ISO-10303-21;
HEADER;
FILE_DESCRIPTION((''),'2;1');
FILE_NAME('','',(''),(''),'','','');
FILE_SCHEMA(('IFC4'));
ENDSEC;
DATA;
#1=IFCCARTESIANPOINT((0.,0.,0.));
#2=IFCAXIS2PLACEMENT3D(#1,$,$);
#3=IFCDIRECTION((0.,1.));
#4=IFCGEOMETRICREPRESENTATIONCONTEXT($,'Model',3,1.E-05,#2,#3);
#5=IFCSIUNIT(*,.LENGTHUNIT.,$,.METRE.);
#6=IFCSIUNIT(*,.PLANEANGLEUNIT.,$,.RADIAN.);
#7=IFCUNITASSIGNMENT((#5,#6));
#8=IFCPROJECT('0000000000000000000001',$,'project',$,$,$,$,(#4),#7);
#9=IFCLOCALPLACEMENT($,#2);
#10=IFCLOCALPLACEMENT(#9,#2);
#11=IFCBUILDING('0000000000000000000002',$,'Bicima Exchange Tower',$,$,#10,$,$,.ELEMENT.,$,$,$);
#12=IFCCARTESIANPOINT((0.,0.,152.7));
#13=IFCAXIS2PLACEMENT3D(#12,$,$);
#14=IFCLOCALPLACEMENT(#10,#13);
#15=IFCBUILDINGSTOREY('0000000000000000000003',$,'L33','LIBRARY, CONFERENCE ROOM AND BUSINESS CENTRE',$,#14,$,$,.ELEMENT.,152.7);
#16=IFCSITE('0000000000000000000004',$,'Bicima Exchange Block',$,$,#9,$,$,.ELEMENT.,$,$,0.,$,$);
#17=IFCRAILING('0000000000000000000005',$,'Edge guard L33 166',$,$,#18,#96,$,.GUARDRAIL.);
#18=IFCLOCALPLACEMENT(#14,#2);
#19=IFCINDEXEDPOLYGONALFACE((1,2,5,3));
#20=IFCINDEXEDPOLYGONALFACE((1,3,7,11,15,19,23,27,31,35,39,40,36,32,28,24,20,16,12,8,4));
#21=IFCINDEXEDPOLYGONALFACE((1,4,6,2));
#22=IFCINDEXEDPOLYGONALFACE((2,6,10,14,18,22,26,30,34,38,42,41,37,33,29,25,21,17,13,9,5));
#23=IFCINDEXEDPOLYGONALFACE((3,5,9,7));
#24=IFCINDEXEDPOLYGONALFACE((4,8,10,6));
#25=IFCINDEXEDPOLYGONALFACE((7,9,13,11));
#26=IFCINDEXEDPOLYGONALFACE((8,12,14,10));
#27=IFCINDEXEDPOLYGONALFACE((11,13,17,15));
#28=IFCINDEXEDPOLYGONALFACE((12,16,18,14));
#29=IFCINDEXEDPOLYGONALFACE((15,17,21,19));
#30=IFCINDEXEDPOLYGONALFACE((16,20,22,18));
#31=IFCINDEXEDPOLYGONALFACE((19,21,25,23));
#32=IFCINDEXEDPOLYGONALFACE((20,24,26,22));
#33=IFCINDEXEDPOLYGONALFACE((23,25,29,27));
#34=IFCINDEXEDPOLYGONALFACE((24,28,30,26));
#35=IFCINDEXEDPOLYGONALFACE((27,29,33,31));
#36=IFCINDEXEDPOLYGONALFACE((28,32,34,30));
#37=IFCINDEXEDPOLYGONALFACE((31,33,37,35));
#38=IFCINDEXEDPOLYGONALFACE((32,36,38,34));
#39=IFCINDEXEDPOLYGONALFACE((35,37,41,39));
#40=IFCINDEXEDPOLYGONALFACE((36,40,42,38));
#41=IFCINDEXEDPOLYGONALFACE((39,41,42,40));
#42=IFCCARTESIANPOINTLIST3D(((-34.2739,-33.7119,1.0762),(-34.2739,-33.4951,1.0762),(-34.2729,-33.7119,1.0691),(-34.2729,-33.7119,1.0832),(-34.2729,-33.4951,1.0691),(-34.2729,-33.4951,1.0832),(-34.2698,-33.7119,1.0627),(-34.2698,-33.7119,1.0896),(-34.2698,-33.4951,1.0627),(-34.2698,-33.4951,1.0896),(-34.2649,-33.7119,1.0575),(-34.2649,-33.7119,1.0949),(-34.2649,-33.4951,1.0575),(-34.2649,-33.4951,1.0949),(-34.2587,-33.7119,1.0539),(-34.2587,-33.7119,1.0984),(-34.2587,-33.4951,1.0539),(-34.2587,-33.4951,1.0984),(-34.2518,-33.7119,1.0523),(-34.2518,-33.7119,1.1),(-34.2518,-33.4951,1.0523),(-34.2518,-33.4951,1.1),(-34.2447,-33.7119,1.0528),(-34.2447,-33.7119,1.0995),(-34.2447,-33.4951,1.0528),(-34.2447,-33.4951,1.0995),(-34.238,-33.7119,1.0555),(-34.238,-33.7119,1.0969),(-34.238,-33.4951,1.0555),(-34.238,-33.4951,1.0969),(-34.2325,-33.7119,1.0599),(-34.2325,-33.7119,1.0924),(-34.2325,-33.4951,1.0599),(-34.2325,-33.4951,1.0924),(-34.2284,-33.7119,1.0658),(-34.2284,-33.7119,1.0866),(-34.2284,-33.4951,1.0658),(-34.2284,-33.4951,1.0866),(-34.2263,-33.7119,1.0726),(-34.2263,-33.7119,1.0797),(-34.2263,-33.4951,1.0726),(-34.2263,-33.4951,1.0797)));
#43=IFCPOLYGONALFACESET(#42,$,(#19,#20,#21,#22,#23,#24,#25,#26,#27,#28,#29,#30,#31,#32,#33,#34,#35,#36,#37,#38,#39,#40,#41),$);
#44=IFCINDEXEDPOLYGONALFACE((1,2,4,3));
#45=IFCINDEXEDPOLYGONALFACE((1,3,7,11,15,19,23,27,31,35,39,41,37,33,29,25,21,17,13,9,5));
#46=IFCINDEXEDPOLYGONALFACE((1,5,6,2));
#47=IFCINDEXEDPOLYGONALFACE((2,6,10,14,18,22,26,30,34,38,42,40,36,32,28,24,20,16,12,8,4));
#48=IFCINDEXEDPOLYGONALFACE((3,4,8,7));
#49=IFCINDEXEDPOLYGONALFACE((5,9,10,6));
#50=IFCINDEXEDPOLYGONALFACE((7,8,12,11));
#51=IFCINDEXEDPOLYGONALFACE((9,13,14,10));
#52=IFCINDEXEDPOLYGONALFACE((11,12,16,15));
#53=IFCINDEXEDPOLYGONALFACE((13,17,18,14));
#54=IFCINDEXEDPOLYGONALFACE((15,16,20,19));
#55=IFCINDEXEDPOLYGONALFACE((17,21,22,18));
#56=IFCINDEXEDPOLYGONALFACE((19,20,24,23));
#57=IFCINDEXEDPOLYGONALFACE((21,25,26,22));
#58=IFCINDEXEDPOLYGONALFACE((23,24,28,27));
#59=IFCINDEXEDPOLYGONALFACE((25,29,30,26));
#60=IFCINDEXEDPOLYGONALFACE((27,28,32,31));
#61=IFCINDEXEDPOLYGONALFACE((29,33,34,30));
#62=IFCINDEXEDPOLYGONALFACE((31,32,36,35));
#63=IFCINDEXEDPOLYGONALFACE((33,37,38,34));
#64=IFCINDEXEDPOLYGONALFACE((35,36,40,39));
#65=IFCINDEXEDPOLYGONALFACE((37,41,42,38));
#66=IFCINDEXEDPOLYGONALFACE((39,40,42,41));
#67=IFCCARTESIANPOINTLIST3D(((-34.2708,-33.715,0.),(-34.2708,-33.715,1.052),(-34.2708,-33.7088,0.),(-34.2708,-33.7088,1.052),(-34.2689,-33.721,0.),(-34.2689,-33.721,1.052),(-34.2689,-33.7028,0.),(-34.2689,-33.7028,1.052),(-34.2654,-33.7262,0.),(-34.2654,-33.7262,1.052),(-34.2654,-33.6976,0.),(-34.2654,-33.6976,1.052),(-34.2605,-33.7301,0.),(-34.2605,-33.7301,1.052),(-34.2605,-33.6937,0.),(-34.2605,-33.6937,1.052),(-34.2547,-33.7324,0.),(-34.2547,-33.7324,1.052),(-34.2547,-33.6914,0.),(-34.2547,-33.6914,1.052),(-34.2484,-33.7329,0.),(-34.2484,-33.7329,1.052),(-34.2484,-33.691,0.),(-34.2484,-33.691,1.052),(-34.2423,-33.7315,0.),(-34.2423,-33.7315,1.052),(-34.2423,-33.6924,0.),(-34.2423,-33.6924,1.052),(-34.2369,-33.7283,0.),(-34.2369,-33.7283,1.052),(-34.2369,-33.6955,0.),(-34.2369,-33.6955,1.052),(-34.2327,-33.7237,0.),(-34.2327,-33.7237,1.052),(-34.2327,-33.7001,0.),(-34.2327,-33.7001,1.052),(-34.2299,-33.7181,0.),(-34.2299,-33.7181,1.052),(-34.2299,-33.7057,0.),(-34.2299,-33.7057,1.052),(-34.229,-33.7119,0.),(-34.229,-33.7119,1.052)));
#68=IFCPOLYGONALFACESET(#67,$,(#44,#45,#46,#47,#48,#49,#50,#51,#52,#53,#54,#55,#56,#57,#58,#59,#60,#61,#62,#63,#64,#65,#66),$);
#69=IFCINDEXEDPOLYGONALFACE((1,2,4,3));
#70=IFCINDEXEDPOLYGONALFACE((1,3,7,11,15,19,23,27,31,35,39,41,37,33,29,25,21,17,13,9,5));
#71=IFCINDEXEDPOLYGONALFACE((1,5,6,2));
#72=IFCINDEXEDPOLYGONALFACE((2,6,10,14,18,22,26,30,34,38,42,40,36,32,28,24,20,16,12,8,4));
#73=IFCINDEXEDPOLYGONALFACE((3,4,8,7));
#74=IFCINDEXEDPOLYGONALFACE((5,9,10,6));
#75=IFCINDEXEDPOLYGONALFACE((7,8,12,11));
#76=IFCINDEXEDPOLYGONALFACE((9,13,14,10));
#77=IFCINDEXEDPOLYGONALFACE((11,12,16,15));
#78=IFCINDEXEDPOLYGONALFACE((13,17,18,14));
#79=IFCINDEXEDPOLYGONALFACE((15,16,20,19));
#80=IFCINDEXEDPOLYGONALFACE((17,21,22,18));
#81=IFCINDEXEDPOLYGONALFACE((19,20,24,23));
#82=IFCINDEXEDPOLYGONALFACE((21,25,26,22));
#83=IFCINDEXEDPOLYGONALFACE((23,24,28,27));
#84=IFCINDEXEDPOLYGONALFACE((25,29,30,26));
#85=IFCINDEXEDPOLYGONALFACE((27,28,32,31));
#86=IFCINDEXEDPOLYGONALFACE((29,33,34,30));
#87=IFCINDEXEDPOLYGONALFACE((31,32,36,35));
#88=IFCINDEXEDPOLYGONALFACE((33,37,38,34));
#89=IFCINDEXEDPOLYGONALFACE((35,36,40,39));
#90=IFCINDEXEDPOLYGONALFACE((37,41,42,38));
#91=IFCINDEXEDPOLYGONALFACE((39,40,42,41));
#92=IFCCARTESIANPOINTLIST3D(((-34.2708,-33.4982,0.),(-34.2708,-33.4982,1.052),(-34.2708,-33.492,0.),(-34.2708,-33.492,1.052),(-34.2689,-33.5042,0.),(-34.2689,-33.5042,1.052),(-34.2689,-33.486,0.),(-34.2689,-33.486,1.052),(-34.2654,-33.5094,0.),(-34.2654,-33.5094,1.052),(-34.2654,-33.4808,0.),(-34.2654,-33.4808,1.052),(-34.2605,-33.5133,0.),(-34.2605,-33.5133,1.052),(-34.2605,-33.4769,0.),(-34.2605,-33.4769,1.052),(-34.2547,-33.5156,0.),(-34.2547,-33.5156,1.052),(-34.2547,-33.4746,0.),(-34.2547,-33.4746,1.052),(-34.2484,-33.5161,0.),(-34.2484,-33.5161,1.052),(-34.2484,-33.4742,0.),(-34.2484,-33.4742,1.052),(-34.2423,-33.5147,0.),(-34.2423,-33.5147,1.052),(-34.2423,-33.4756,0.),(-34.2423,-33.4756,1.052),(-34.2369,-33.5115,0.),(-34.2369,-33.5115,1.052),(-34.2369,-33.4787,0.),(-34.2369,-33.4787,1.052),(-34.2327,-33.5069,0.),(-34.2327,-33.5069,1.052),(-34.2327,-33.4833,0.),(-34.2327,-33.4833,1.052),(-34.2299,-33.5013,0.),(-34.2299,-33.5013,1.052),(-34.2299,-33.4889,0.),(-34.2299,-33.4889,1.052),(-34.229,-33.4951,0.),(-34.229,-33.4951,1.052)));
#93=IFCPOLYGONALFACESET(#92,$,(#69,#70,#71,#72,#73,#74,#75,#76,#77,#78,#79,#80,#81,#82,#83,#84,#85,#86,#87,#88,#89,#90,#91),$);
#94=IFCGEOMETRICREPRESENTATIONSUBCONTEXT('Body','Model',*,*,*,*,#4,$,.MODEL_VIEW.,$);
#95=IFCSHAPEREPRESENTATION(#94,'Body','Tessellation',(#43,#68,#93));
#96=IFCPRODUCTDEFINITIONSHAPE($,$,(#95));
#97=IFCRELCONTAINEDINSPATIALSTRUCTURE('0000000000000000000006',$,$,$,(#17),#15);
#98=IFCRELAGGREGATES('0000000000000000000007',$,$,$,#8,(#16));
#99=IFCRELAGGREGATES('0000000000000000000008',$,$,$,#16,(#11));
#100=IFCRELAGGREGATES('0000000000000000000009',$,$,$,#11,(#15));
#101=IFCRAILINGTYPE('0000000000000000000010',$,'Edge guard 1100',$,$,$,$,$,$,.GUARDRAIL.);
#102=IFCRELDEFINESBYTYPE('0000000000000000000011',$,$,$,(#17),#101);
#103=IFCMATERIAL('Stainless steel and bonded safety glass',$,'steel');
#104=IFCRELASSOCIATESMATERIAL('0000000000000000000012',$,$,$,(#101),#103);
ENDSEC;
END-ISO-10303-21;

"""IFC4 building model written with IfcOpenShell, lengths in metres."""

from ifc_helpers import new_model, si_unit, direction, frame, origin, origin_2d, place, context, subcontext, project, spatial, circle, extrude, material, type_object, element, save


model = new_model("IFC4")

# Units and contexts
model_context = context("Model", 3, precision=1e-05, world=origin(), true_north=direction((0.0, 1.0)))
body_context = subcontext(model_context, "Body", "Model", "MODEL_VIEW")
ifc_project = project(units=[si_unit("LENGTHUNIT", "METRE"), si_unit("PLANEANGLEUNIT", "RADIAN")], contexts=[model_context])

# Site, building, storey
site_placement = place(None, origin())
site = spatial("IfcSite", under=ifc_project, at=site_placement, Name="Bicima Exchange Block", CompositionType="ELEMENT", RefElevation=0.0)
building_placement = place(site_placement, origin())
building = spatial("IfcBuilding", under=site, at=building_placement, Name="Bicima Exchange Tower", CompositionType="ELEMENT")
storey_placement = place(building_placement, frame((0.0, 0.0, 152.7)))
storey = spatial("IfcBuildingStorey", under=building, at=storey_placement, Name="L33", Description="LIBRARY, CONFERENCE ROOM AND BUSINESS CENTRE", CompositionType="ELEMENT", Elevation=152.7)

# Railing
ifc_material_1 = material(Name="Stainless steel and bonded safety glass", Category="steel")
railing_type = type_object("IfcRailingType", Name="Edge guard 1100", PredefinedType="GUARDRAIL", material=ifc_material_1)
railing_1_placement = place(storey_placement, frame((-34.25, -33.7119, 0.0)))
element("IfcRailing", 1, at=railing_1_placement, inside=storey, type_object=railing_type, Name="Edge guard L33 166", PredefinedType="GUARDRAIL", context=body_context, shape_type="SweptSolid", body=[
    extrude(circle(Radius=0.0239, at=origin_2d()), frame((0.0, 0.0, 1.0762), z_axis=(0.0, 1.0, 0.0), x_axis=(-1.0, 0.0, 0.0)), (0.0, 0.0, 1.0), 0.2168),
    extrude(circle(Radius=0.021, at=origin_2d()), origin(), (0.0, 0.0, 1.0), 1.052),
    extrude(circle(Radius=0.021, at=origin_2d()), frame((0.0, 0.2168, 0.0)), (0.0, 0.0, 1.0), 1.052),
])

save(model, "model.ifc")
